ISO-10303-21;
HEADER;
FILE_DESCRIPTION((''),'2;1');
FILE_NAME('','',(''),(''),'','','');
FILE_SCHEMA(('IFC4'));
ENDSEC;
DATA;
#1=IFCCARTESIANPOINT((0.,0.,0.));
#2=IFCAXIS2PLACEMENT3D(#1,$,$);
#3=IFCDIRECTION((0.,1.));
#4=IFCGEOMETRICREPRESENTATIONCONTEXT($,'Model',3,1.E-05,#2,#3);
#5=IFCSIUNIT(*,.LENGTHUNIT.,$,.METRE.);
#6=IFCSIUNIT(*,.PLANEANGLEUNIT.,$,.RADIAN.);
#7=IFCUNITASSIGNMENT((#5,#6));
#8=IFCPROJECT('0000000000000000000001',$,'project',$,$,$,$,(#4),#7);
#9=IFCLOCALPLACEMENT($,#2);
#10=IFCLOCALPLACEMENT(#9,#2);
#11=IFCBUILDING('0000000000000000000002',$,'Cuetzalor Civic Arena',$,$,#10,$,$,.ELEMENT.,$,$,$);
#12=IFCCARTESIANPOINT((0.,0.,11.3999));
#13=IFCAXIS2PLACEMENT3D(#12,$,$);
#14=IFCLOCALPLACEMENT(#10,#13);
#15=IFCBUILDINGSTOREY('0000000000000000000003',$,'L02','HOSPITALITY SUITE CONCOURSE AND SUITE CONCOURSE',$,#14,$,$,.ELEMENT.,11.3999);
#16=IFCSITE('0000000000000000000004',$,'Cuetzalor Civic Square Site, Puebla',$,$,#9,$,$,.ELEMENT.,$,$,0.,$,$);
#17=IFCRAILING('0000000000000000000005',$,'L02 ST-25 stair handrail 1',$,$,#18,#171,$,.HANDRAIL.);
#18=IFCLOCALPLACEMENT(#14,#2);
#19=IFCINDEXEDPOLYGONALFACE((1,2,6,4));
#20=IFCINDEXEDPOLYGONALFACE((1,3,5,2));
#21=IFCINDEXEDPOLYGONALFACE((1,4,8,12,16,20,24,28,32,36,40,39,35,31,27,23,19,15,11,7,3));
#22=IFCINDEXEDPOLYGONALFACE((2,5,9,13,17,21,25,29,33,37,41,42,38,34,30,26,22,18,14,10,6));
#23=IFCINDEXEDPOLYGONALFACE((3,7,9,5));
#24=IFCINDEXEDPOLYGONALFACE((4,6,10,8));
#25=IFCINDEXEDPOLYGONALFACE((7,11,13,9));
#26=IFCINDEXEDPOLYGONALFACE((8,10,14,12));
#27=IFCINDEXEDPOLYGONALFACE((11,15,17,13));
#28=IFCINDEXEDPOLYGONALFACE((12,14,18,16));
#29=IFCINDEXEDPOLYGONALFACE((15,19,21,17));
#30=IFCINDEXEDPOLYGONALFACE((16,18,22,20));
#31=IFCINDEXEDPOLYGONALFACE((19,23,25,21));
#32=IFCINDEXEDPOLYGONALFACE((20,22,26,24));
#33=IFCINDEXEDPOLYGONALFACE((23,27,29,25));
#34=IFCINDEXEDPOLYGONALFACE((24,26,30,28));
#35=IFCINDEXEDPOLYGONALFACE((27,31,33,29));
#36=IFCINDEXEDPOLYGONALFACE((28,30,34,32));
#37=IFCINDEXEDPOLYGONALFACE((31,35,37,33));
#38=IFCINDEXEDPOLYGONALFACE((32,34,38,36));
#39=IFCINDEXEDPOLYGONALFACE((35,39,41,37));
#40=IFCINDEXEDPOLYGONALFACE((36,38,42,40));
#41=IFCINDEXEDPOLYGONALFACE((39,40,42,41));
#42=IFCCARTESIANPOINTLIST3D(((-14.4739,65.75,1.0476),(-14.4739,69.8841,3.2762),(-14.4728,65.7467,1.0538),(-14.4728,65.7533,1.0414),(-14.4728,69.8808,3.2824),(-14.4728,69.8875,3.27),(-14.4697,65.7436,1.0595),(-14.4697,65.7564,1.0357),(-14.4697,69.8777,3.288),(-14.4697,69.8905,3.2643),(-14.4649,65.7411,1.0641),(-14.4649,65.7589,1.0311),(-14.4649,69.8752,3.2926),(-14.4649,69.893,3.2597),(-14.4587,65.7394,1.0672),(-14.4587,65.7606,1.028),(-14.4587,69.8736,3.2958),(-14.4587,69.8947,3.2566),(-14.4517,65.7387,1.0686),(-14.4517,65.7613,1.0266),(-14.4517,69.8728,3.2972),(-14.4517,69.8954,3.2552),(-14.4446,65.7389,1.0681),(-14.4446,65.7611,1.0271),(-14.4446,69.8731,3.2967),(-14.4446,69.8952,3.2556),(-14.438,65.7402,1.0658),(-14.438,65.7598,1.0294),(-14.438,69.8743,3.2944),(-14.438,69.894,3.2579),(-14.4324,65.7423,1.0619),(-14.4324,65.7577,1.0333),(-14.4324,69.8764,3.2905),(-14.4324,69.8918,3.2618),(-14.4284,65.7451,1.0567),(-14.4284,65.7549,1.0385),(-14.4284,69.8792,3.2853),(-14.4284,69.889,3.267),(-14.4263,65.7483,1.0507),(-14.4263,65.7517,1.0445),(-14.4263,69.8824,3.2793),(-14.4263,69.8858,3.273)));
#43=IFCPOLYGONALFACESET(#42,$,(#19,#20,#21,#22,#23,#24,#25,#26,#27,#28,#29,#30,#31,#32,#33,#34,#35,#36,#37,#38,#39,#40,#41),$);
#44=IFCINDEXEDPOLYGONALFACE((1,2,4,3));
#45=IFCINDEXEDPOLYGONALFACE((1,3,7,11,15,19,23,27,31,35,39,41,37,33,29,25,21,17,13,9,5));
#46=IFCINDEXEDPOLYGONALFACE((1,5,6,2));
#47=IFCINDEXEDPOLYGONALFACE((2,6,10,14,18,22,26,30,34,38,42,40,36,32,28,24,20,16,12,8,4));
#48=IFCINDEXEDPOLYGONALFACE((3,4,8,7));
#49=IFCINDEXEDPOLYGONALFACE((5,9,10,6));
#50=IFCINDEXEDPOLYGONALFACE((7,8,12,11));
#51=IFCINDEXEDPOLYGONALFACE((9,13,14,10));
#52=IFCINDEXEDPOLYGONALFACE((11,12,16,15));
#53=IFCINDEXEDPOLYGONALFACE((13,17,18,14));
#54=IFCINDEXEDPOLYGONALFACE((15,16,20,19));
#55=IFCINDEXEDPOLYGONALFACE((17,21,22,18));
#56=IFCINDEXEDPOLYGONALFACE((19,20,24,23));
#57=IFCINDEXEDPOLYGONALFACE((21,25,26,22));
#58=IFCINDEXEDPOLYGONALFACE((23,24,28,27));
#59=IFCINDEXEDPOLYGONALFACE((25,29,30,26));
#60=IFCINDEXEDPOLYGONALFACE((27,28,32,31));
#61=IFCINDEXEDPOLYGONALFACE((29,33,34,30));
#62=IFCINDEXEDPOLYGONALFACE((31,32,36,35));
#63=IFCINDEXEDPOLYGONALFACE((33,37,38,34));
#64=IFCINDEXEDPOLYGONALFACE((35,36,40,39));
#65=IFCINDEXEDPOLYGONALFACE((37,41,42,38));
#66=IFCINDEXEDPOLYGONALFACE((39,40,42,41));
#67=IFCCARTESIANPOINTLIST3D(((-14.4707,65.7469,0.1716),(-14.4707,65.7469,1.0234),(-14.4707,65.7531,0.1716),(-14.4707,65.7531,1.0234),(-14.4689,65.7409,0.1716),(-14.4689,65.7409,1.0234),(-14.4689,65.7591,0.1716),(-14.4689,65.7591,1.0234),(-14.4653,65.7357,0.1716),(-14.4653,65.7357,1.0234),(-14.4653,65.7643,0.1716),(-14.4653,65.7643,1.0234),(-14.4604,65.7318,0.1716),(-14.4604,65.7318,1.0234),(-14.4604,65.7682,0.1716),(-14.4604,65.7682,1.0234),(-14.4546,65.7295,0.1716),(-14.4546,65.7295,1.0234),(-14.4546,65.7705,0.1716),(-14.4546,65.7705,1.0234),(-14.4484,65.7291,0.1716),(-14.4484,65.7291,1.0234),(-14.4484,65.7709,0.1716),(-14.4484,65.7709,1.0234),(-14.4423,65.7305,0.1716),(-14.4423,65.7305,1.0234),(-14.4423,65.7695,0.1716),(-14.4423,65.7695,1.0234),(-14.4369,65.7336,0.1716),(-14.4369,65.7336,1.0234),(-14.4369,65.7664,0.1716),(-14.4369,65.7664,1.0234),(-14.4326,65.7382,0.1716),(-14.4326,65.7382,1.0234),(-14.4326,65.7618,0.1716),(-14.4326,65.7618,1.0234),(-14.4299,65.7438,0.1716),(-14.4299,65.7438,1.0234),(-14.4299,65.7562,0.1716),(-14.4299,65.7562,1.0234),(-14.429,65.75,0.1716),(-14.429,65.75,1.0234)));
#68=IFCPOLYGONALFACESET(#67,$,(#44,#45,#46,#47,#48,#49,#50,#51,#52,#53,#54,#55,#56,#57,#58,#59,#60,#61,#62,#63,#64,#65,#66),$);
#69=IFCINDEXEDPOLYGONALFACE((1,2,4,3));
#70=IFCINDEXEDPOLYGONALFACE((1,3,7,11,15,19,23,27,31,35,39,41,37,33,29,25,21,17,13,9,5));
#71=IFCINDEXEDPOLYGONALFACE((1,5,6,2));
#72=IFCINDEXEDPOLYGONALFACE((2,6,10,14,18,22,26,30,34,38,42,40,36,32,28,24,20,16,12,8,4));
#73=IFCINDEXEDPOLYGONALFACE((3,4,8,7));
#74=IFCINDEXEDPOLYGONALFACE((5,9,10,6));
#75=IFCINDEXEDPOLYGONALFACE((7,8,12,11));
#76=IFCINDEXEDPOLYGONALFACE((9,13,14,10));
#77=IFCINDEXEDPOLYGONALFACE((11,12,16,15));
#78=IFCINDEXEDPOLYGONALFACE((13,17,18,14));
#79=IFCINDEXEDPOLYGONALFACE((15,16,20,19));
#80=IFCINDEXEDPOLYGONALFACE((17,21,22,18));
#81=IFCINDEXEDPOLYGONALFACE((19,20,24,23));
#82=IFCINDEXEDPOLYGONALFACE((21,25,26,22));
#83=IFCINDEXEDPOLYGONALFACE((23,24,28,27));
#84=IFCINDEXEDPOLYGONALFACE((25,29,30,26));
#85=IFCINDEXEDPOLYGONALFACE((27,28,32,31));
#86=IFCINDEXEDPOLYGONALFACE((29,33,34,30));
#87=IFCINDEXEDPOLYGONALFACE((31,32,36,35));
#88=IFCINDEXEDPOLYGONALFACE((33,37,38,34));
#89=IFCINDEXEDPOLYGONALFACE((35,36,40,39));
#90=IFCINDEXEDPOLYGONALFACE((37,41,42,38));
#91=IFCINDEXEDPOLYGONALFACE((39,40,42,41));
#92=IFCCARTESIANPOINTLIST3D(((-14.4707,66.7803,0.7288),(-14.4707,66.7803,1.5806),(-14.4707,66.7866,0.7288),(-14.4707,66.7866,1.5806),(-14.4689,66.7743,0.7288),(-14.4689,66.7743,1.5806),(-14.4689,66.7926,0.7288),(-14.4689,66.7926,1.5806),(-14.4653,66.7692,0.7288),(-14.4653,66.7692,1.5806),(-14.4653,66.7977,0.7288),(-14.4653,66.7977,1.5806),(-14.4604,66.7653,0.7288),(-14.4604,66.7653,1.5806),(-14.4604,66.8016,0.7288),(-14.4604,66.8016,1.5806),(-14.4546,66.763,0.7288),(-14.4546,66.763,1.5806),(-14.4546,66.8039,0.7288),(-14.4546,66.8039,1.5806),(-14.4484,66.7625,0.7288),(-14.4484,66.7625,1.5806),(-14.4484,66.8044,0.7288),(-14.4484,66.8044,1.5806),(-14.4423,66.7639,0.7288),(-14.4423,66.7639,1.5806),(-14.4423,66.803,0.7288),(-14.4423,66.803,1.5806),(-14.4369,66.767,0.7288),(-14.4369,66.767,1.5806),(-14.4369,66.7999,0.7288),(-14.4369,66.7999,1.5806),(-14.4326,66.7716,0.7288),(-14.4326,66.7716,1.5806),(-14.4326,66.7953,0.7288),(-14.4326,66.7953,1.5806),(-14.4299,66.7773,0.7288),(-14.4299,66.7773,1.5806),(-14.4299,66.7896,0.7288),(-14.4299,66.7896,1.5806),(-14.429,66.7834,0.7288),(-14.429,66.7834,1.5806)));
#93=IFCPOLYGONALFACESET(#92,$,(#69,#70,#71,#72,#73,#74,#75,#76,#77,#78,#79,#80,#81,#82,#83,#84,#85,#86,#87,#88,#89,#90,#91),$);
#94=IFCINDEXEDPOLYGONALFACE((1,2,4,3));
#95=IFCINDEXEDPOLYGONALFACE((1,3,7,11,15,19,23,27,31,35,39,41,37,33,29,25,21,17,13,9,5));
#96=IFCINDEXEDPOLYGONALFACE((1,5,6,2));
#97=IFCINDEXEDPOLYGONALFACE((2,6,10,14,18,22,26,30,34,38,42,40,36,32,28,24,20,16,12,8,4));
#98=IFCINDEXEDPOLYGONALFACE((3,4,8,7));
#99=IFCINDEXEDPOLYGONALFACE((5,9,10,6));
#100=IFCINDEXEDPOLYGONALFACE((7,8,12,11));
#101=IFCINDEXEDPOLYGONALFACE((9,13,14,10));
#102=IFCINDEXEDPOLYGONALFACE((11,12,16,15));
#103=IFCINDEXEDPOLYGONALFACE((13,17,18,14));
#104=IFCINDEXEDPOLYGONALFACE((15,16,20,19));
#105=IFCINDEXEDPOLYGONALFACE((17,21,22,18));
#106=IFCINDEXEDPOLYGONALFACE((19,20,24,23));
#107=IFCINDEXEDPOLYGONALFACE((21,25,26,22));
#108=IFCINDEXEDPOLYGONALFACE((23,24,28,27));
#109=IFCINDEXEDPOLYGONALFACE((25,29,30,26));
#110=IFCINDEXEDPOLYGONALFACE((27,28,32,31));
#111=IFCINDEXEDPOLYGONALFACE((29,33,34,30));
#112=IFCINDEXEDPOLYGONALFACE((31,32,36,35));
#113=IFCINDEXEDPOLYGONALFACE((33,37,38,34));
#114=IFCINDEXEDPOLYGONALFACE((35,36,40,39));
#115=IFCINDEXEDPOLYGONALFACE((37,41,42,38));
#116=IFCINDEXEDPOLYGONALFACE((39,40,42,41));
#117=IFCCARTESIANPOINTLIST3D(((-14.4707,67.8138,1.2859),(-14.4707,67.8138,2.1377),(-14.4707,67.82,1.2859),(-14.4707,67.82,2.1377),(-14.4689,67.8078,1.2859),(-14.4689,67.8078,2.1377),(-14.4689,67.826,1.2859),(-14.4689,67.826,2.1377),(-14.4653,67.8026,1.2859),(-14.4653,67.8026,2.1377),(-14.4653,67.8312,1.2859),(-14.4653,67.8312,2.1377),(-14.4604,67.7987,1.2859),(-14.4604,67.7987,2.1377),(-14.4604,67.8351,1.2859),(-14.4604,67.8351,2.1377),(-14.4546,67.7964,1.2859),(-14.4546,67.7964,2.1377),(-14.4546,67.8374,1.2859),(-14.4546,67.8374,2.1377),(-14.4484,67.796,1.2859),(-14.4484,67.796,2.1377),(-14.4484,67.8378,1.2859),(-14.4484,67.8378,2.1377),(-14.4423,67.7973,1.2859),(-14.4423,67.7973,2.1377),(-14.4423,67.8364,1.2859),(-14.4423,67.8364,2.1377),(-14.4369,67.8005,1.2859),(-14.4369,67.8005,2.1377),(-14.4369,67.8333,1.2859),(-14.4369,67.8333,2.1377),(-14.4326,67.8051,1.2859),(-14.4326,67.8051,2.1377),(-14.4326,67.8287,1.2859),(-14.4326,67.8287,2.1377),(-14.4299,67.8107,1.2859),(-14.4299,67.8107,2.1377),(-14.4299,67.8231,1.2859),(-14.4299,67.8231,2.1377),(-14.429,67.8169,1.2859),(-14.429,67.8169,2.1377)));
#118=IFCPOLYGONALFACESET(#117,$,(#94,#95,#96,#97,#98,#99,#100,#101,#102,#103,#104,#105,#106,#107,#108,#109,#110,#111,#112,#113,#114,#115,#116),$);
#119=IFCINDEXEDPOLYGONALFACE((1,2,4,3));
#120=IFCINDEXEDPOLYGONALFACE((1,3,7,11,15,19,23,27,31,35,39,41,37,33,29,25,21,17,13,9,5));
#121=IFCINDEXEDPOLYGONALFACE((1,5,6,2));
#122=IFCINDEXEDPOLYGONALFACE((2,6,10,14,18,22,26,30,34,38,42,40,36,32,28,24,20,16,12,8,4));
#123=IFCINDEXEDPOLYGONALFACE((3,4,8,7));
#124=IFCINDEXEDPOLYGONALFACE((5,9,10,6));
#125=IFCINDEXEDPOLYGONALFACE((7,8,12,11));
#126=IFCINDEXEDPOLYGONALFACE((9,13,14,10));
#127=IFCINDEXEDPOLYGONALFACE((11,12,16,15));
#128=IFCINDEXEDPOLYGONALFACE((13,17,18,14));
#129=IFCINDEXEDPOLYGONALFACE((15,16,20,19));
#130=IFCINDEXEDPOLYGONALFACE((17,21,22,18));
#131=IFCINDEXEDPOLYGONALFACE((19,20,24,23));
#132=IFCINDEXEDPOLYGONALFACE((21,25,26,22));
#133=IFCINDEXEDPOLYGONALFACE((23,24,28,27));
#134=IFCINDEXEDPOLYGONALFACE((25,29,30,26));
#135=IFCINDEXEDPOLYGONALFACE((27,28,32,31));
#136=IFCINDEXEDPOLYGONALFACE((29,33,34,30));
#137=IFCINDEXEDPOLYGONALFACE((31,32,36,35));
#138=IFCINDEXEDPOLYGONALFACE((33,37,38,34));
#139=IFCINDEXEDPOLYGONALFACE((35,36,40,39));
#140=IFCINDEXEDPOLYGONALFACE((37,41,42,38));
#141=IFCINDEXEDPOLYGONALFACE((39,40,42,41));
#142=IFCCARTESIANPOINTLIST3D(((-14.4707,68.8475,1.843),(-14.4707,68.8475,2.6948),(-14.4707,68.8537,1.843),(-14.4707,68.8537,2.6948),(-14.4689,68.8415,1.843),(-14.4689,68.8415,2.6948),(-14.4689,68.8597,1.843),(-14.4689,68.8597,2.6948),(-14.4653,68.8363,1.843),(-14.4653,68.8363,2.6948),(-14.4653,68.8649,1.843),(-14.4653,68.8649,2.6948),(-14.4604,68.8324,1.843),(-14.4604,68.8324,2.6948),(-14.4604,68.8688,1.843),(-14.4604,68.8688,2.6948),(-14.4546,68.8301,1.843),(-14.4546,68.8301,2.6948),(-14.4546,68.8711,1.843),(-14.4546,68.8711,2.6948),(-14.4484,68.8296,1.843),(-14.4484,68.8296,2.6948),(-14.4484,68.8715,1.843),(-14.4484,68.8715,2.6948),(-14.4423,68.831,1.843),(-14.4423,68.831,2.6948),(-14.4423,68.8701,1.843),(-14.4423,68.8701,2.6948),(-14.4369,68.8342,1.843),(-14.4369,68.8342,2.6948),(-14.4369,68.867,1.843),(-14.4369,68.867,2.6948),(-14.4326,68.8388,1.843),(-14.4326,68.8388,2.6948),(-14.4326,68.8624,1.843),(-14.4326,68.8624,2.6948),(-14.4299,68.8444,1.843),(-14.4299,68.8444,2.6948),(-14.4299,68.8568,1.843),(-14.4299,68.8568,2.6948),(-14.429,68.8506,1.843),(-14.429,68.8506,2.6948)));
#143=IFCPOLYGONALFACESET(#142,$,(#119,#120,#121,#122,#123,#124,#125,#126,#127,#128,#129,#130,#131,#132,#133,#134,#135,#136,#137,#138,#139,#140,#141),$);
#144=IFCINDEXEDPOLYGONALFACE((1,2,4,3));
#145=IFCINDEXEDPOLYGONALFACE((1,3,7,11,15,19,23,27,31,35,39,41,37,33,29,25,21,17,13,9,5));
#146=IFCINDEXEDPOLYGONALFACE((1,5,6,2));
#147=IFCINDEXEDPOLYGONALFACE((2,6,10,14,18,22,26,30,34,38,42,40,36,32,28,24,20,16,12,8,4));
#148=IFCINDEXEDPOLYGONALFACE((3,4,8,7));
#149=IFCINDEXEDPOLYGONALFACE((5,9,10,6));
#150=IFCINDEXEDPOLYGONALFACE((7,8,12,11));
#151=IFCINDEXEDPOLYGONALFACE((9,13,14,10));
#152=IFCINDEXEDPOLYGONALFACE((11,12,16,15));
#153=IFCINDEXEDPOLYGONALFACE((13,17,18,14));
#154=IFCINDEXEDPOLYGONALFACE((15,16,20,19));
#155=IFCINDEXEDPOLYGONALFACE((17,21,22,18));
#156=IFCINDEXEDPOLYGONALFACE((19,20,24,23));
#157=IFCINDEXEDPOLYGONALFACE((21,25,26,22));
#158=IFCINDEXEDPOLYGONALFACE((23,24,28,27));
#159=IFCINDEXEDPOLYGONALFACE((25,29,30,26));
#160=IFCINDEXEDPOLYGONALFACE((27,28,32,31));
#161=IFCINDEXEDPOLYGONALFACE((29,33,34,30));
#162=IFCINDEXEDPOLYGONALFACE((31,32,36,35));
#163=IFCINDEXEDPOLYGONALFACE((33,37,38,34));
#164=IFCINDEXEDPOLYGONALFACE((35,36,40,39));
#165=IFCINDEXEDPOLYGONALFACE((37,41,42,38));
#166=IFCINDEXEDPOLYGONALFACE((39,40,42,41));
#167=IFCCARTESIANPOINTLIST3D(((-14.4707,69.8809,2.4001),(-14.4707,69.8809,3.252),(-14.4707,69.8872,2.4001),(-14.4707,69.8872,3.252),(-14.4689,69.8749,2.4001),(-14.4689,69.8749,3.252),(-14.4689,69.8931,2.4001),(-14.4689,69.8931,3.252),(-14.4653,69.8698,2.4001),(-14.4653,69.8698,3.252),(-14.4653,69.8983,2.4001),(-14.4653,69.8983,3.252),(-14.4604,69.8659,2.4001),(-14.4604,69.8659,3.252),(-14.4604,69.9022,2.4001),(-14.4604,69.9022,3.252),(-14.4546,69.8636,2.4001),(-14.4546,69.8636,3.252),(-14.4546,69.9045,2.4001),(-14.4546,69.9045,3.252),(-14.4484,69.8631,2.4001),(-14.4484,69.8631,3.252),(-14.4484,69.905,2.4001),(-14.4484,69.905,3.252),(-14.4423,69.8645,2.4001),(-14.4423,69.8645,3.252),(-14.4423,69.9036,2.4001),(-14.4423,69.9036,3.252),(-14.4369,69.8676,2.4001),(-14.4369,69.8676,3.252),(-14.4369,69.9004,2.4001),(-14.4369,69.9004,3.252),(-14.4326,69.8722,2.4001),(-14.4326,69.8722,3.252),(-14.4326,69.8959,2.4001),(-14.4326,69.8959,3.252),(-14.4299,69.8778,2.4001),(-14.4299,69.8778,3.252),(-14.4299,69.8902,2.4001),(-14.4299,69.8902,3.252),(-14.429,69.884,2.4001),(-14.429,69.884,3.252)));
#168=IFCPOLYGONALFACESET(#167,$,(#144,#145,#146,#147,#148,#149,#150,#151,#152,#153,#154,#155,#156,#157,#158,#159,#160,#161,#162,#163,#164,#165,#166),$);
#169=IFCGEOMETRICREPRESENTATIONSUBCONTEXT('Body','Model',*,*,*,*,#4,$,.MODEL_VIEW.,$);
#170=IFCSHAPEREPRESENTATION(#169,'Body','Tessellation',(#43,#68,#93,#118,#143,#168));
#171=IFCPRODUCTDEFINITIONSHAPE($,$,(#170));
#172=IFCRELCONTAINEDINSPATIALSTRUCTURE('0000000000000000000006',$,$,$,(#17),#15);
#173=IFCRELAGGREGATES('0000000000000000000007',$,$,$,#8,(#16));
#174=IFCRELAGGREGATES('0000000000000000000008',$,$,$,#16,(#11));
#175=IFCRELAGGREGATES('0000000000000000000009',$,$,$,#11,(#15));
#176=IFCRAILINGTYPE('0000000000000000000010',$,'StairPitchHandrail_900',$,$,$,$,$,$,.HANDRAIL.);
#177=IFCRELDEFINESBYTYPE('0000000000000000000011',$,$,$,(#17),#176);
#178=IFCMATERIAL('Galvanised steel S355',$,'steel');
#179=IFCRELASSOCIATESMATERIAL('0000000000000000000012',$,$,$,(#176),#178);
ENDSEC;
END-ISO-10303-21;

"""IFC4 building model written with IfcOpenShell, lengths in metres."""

from ifc_helpers import new_model, si_unit, direction, frame, origin, origin_2d, place, context, subcontext, project, spatial, circle, extrude, material, type_object, element, save


model = new_model("IFC4")

# Units and contexts
model_context = context("Model", 3, precision=1e-05, world=origin(), true_north=direction((0.0, 1.0)))
body_context = subcontext(model_context, "Body", "Model", "MODEL_VIEW")
ifc_project = project(units=[si_unit("LENGTHUNIT", "METRE"), si_unit("PLANEANGLEUNIT", "RADIAN")], contexts=[model_context])

# Site, building, storey
site_placement = place(None, origin())
site = spatial("IfcSite", under=ifc_project, at=site_placement, Name="Cuetzalor Civic Square Site, Puebla", CompositionType="ELEMENT", RefElevation=0.0)
building_placement = place(site_placement, origin())
building = spatial("IfcBuilding", under=site, at=building_placement, Name="Cuetzalor Civic Arena", CompositionType="ELEMENT")
storey_placement = place(building_placement, frame((0.0, 0.0, 11.3999)))
storey = spatial("IfcBuildingStorey", under=building, at=storey_placement, Name="L02", Description="HOSPITALITY SUITE CONCOURSE AND SUITE CONCOURSE", CompositionType="ELEMENT", Elevation=11.3999)

# Railing
ifc_material_1 = material(Name="Galvanised steel S355", Category="steel")
railing_type_1 = type_object("IfcRailingType", Name="StairPitchHandrail_900", PredefinedType="HANDRAIL", material=ifc_material_1)
railing_1_placement = place(storey_placement, frame((-14.45, 65.75, 0.1716)))
element("IfcRailing", 1, at=railing_1_placement, inside=storey, type_object=railing_type_1, Name="L02 ST-25 stair handrail 1", PredefinedType="HANDRAIL", context=body_context, shape_type="SweptSolid", body=[
    extrude(circle(Radius=0.0239, at=origin_2d()), frame((0.0, 0.0, 0.876), z_axis=(0.0, 0.880249, 0.474512), x_axis=(-1.0, 0.0, 0.0)), (0.0, 0.0, 1.0), 4.6965),
    extrude(circle(Radius=0.021, at=origin_2d()), origin(), (0.0, 0.0, 1.0), 0.8518),
    extrude(circle(Radius=0.021, at=origin_2d()), frame((0.0, 1.0334, 0.5571)), (0.0, 0.0, 1.0), 0.8518),
    extrude(circle(Radius=0.021, at=origin_2d()), frame((0.0, 2.0669, 1.1143)), (0.0, 0.0, 1.0), 0.8518),
    extrude(circle(Radius=0.021, at=origin_2d()), frame((0.0, 3.1006, 1.6714)), (0.0, 0.0, 1.0), 0.8518),
    extrude(circle(Radius=0.021, at=origin_2d()), frame((0.0, 4.134, 2.2285)), (0.0, 0.0, 1.0), 0.8518),
])

save(model, "model.ifc")
